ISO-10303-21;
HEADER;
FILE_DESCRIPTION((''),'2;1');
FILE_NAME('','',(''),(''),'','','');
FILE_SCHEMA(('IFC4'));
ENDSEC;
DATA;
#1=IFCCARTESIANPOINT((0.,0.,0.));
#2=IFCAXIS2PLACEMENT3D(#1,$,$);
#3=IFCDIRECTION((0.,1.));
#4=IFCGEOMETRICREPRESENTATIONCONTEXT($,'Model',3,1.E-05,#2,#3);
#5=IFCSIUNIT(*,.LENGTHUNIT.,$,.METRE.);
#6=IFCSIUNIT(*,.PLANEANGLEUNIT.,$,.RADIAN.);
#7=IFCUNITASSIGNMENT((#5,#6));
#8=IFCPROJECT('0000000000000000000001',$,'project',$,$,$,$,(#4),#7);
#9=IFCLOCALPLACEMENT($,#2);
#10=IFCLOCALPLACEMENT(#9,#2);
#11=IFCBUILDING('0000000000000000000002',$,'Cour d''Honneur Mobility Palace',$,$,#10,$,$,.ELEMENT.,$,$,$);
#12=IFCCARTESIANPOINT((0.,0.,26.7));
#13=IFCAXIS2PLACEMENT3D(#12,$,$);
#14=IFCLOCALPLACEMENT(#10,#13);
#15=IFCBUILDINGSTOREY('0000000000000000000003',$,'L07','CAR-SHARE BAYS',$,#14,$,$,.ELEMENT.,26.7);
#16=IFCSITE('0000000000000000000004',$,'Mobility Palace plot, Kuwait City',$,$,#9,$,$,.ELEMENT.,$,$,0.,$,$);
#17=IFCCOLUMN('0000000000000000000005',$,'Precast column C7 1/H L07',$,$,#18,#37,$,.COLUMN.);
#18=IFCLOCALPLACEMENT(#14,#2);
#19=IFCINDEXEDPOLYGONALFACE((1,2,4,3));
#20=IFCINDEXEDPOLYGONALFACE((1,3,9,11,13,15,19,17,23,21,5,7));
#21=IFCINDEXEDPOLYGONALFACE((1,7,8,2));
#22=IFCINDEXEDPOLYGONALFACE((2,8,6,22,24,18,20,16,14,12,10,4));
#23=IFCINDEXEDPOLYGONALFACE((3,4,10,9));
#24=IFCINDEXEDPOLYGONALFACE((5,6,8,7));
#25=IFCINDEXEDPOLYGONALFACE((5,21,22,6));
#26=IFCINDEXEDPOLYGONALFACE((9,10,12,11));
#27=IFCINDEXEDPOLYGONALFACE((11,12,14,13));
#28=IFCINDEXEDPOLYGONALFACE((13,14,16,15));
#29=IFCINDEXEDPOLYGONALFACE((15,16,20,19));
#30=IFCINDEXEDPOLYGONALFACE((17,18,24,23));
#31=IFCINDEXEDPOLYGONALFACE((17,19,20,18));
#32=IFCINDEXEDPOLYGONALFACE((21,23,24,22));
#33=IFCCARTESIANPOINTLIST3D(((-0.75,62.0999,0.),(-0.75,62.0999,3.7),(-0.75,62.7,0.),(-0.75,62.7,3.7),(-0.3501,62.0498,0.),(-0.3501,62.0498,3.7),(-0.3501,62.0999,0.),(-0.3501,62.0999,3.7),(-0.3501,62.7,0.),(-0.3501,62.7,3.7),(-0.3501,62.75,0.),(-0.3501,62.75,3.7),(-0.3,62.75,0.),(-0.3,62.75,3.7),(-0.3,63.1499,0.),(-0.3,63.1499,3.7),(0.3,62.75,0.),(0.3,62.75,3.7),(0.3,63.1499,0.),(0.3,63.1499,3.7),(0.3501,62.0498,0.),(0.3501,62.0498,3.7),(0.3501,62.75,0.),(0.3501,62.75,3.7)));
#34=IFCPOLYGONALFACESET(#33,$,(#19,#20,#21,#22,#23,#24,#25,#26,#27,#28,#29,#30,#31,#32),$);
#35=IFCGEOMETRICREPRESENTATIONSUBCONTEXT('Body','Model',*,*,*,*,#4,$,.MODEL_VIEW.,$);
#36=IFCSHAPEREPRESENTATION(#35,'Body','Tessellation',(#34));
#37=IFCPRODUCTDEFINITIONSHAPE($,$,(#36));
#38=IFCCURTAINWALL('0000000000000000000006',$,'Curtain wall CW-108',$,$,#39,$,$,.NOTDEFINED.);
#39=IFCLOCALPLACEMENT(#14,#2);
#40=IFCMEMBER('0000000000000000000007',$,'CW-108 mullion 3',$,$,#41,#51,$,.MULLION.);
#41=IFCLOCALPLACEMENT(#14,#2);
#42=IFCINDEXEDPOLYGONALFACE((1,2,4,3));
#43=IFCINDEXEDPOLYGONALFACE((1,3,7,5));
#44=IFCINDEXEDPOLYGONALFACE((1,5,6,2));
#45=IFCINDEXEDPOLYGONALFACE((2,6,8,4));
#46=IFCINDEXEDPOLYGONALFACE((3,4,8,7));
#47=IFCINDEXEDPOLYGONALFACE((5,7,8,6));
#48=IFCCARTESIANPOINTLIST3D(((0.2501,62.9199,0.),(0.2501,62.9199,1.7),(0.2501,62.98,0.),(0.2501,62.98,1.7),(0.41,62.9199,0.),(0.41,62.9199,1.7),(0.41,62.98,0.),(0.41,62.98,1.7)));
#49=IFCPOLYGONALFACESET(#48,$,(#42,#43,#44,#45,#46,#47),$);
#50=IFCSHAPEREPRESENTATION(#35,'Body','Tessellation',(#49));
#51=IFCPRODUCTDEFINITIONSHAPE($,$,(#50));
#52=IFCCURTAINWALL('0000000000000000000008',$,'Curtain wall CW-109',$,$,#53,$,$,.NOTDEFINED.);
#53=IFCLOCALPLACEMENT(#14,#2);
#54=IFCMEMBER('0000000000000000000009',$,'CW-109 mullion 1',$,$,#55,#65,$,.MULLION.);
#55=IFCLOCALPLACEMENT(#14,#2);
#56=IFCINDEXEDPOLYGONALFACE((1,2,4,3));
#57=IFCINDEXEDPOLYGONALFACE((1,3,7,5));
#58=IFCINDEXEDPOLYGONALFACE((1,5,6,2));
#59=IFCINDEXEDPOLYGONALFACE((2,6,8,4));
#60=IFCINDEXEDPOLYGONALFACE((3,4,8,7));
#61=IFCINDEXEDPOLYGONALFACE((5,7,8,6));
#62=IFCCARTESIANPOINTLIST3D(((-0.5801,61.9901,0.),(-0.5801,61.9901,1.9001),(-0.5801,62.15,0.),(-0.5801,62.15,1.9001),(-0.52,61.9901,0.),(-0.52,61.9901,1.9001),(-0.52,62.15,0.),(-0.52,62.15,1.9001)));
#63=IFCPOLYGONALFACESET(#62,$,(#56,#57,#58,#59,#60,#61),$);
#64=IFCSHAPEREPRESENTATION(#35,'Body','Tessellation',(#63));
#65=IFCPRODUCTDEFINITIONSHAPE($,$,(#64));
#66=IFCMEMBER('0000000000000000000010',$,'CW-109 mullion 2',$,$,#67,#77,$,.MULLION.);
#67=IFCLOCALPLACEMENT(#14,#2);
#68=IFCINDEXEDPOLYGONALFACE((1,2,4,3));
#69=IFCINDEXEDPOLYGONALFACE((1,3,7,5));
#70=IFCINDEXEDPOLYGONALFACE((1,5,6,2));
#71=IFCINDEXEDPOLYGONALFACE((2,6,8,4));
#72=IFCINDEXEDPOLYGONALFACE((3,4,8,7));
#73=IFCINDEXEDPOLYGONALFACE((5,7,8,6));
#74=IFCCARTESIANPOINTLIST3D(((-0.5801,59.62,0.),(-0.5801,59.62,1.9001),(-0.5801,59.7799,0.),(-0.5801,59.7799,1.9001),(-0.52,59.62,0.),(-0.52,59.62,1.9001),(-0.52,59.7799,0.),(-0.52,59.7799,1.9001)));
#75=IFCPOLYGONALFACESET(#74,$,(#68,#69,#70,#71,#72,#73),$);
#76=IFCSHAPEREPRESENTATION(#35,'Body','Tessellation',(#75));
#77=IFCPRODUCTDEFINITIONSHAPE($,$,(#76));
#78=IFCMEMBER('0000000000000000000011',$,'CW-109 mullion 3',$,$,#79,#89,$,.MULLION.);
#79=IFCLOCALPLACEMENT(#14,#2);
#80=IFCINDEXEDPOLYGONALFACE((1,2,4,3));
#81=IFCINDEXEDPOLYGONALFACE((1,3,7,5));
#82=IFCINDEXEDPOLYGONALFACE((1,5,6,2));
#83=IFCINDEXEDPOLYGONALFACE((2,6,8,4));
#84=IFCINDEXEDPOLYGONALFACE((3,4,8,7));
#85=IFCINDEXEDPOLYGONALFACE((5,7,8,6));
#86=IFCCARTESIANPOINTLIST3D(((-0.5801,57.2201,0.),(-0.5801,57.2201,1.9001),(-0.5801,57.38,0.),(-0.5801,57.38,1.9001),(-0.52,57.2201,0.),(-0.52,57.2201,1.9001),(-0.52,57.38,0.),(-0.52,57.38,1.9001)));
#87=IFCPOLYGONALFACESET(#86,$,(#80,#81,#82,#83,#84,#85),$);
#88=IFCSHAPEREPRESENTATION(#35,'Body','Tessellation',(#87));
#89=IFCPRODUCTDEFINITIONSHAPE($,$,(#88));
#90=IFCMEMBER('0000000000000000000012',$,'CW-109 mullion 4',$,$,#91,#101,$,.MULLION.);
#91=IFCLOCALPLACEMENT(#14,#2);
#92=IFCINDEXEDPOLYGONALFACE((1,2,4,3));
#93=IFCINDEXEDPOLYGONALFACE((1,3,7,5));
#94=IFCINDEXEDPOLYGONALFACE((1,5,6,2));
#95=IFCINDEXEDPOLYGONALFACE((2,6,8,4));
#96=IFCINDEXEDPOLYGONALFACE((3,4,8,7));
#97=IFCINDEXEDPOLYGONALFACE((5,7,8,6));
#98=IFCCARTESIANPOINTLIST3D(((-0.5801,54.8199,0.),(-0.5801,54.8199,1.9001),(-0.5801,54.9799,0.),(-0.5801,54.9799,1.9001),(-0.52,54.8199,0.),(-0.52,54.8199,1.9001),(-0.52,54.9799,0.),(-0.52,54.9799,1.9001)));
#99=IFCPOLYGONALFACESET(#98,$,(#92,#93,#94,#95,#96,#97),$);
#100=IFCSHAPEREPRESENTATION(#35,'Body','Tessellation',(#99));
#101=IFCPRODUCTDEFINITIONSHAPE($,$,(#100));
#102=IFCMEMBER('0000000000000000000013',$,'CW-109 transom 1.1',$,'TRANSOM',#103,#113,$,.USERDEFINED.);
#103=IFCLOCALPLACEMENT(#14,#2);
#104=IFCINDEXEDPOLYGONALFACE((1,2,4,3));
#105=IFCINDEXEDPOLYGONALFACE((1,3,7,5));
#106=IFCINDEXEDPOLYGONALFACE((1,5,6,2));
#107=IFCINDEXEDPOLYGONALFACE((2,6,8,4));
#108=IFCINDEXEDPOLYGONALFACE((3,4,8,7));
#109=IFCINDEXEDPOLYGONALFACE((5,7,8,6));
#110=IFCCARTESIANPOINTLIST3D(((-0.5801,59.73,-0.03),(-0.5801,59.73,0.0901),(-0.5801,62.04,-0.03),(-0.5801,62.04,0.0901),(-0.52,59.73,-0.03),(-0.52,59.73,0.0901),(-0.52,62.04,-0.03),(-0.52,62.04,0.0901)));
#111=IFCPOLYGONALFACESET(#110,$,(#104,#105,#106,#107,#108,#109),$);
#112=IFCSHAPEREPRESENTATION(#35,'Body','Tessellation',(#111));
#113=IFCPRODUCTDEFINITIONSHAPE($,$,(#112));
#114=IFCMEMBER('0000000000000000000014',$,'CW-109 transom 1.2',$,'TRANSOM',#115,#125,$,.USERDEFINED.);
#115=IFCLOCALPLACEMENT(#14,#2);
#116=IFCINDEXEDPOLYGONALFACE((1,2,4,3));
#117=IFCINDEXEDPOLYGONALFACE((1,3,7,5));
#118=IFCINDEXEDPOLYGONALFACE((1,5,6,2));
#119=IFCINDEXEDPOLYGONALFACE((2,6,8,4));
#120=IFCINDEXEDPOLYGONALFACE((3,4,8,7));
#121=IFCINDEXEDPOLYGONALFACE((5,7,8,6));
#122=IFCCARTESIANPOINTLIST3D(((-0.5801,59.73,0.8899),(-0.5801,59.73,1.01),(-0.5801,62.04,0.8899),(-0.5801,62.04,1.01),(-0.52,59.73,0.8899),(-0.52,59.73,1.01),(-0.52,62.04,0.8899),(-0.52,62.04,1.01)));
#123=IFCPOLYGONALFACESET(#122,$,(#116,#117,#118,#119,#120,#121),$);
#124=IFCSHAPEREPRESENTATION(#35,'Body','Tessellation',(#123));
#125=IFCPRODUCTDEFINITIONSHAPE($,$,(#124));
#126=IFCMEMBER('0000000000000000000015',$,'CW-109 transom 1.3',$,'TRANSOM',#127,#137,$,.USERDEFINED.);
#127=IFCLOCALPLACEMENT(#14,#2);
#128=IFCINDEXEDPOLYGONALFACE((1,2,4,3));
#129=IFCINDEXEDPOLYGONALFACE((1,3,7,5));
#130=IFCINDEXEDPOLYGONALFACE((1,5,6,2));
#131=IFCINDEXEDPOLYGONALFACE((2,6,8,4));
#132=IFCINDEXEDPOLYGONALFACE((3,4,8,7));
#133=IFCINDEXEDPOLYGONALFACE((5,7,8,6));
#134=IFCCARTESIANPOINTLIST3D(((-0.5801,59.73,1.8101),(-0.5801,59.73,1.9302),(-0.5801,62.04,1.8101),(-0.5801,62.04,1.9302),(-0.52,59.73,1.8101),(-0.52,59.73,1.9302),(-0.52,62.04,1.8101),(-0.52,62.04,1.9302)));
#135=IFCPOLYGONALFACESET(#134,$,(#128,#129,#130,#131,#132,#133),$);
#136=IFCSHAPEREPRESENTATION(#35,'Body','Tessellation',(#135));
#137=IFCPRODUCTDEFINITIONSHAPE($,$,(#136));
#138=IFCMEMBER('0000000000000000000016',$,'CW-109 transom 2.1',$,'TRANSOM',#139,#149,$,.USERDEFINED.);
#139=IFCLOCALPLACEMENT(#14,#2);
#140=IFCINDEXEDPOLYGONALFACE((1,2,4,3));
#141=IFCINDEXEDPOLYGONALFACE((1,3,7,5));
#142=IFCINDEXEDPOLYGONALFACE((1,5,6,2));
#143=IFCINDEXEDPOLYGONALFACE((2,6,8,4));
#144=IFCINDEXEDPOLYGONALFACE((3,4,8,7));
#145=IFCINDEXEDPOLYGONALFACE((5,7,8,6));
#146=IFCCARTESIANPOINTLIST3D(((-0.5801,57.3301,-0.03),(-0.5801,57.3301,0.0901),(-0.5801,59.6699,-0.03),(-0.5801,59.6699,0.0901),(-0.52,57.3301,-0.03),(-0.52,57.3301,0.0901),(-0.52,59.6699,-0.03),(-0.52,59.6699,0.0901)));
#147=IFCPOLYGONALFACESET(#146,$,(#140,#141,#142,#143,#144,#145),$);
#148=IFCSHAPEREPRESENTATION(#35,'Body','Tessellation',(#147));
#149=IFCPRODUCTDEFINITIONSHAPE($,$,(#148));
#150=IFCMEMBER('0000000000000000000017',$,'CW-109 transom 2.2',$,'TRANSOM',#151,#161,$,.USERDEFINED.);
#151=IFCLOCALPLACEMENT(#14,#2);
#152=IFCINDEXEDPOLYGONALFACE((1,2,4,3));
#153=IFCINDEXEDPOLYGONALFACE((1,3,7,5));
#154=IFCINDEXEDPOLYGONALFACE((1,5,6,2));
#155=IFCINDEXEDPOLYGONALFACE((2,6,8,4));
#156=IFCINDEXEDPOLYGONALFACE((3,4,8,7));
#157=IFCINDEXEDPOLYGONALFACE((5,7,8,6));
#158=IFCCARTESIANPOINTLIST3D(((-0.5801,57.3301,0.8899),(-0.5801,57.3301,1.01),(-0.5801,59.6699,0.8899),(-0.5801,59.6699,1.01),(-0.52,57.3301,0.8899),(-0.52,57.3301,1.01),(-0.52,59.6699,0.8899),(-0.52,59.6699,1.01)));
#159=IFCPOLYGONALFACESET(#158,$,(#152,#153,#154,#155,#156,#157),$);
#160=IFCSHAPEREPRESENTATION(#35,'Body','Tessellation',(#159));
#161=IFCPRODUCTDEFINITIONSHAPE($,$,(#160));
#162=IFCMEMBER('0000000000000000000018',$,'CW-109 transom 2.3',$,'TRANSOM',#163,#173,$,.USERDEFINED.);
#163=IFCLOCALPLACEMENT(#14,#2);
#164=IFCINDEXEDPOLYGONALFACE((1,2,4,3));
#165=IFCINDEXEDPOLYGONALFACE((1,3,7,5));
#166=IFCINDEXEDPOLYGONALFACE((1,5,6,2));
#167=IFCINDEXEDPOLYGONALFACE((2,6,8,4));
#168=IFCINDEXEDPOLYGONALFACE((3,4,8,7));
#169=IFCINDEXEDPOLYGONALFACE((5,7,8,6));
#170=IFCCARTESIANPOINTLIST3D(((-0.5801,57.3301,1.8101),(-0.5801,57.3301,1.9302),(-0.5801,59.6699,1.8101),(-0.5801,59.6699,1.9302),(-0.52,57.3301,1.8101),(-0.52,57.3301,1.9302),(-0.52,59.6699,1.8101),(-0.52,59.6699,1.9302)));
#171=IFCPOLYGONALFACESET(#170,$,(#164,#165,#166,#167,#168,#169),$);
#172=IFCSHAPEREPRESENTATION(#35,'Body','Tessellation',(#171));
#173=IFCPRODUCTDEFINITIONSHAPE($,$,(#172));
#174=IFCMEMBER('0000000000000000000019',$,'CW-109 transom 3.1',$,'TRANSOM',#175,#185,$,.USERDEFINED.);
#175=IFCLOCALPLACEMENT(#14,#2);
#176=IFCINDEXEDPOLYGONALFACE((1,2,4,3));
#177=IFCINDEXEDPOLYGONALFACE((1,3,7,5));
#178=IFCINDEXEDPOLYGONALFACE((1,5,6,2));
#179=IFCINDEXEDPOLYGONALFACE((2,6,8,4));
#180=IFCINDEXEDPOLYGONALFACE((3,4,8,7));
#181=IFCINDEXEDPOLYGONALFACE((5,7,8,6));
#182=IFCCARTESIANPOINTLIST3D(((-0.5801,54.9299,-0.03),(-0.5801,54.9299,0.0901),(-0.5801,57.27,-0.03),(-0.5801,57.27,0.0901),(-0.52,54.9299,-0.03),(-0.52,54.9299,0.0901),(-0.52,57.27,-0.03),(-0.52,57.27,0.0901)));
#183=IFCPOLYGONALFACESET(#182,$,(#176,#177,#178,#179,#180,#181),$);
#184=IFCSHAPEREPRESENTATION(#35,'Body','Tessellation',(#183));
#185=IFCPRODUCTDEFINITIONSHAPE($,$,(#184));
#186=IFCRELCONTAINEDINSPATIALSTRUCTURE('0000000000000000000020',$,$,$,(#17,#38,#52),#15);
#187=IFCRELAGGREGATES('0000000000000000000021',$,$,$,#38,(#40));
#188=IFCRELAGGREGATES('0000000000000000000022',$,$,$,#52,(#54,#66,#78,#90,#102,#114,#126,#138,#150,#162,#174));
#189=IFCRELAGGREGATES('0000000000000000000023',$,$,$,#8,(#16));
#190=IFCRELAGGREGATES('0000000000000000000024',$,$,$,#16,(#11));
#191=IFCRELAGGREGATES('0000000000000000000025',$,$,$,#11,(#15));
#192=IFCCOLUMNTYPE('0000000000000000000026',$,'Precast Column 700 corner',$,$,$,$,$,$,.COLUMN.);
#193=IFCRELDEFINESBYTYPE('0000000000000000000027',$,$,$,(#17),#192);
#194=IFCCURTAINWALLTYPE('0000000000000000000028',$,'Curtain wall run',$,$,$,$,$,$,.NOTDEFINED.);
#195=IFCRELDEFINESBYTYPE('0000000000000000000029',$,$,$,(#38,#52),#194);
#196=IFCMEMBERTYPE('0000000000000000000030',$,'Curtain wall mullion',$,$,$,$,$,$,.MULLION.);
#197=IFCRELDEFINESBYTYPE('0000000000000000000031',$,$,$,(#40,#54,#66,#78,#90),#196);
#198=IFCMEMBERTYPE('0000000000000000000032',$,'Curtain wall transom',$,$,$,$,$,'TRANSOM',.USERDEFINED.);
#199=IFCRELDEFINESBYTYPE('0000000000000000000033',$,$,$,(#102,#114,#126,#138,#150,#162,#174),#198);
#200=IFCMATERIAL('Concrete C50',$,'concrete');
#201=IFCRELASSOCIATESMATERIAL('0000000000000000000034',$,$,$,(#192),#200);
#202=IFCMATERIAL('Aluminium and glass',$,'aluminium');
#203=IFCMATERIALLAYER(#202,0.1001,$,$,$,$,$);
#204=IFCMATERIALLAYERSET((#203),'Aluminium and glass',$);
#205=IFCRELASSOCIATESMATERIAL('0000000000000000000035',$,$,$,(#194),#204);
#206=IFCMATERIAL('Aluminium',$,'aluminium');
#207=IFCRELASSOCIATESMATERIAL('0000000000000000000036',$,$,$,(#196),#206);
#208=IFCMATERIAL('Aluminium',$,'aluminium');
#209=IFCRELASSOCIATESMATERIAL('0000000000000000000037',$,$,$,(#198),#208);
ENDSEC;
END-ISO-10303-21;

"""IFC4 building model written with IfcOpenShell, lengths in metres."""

from ifc_helpers import new_model, si_unit, direction, frame, origin, origin_2d, place, context, subcontext, project, spatial, polyline, rectangle, outline, extrude, material, layer, layer_set, material_profile, profile_set, type_object, element, aggregate, save


model = new_model("IFC4")

# Units and contexts
model_context = context("Model", 3, precision=1e-05, world=origin(), true_north=direction((0.0, 1.0)))
body_context = subcontext(model_context, "Body", "Model", "MODEL_VIEW")
ifc_project = project(units=[si_unit("LENGTHUNIT", "METRE"), si_unit("PLANEANGLEUNIT", "RADIAN")], contexts=[model_context])

# Site, building, storey
site_placement = place(None, origin())
site = spatial("IfcSite", under=ifc_project, at=site_placement, Name="Mobility Palace plot, Kuwait City", CompositionType="ELEMENT", RefElevation=0.0)
building_placement = place(site_placement, origin())
building = spatial("IfcBuilding", under=site, at=building_placement, Name="Cour d'Honneur Mobility Palace", CompositionType="ELEMENT")
storey_placement = place(building_placement, frame((0.0, 0.0, 26.7)))
storey = spatial("IfcBuildingStorey", under=building, at=storey_placement, Name="L07", Description="CAR-SHARE BAYS", CompositionType="ELEMENT", Elevation=26.7)

# Column
ifc_material_1 = material(Name="Concrete C50", Category="concrete")
ifc_material_profile_1 = material_profile(ifc_material_1, outline(polyline([(-0.3501, -0.3501), (0.3501, -0.3501), (0.3501, -0.3), (0.75, -0.3), (0.75, 0.3), (0.3501, 0.3), (0.3501, 0.3501), (0.3, 0.3501), (0.3, 0.75), (-0.3, 0.75), (-0.3, 0.3501), (-0.3501, 0.3501), (-0.3501, -0.3501)])), Name="PC C700 corner")
ifc_profile_set_1 = profile_set([ifc_material_profile_1], Name="Concrete C50")
column_type = type_object("IfcColumnType", Name="Precast Column 700 corner", PredefinedType="COLUMN", material=ifc_profile_set_1)
column_placement = place(storey_placement, frame((0.0, 62.3999, 0.0), z_axis=(0.0, 0.0, 1.0), x_axis=(0.0, 1.0, 0.0)))
element("IfcColumn", 1, at=column_placement, inside=storey, type_object=column_type, Name="Precast column C7 1/H L07", PredefinedType="COLUMN", context=body_context, shape_type="SweptSolid", body=[
    extrude(outline(polyline([(-0.3501, -0.3501), (0.3501, -0.3501), (0.3501, -0.3), (0.75, -0.3), (0.75, 0.3), (0.3501, 0.3), (0.3501, 0.3501), (0.3, 0.3501), (0.3, 0.75), (-0.3, 0.75), (-0.3, 0.3501), (-0.3501, 0.3501), (-0.3501, -0.3501)])), origin(), (0.0, 0.0, 1.0), 3.7),
])

# Curtain wall, member
ifc_material_2 = material(Name="Aluminium and glass", Category="aluminium")
ifc_layer_1 = layer(ifc_material_2, 0.1001)
ifc_layer_set_1 = layer_set([ifc_layer_1], Name="Aluminium and glass")
curtain_wall_type = type_object("IfcCurtainWallType", Name="Curtain wall run", PredefinedType="NOTDEFINED", material=ifc_layer_set_1)
curtain_wall_1_placement = place(storey_placement, origin())
curtain_wall_1 = element("IfcCurtainWall", 2, at=curtain_wall_1_placement, inside=storey, type_object=curtain_wall_type, Name="Curtain wall CW-108", PredefinedType="NOTDEFINED")
ifc_material_3 = material(Name="Aluminium", Category="aluminium")
ifc_material_profile_2 = material_profile(ifc_material_3, rectangle(XDim=0.0601, YDim=0.1599, at=origin_2d()), Name="Curtain wall mullion")
ifc_profile_set_2 = profile_set([ifc_material_profile_2], Name="Aluminium")
member_type_1 = type_object("IfcMemberType", Name="Curtain wall mullion", PredefinedType="MULLION", material=ifc_profile_set_2)
member_1_placement = place(storey_placement, frame((0.3301, 62.95, 0.0), z_axis=(0.0, 0.0, 1.0), x_axis=(0.0, -1.0, 0.0)))
member_1 = element("IfcMember", 3, at=member_1_placement, type_object=member_type_1, Name="CW-108 mullion 3", PredefinedType="MULLION", context=body_context, shape_type="SweptSolid", body=[
    extrude(rectangle(XDim=0.0601, YDim=0.1599, at=origin_2d()), origin(), (0.0, 0.0, 1.0), 1.7),
])
aggregate(curtain_wall_1, [member_1])

# Curtain wall, members
curtain_wall_2_placement = place(storey_placement, origin())
curtain_wall_2 = element("IfcCurtainWall", 4, at=curtain_wall_2_placement, inside=storey, type_object=curtain_wall_type, Name="Curtain wall CW-109", PredefinedType="NOTDEFINED")
member_2_placement = place(storey_placement, frame((-0.55, 62.0701, 0.0), z_axis=(0.0, 0.0, 1.0), x_axis=(1.0, 0.0, 0.0)))
member_2 = element("IfcMember", 5, at=member_2_placement, type_object=member_type_1, Name="CW-109 mullion 1", PredefinedType="MULLION", context=body_context, shape_type="SweptSolid", body=[
    extrude(rectangle(XDim=0.0601, YDim=0.1599, at=origin_2d()), origin(), (0.0, 0.0, 1.0), 1.9001),
])
member_3_placement = place(storey_placement, frame((-0.55, 59.7, 0.0), z_axis=(0.0, 0.0, 1.0), x_axis=(1.0, 0.0, 0.0)))
member_3 = element("IfcMember", 6, at=member_3_placement, type_object=member_type_1, Name="CW-109 mullion 2", PredefinedType="MULLION", context=body_context, shape_type="SweptSolid", body=[
    extrude(rectangle(XDim=0.0601, YDim=0.1599, at=origin_2d()), origin(), (0.0, 0.0, 1.0), 1.9001),
])
member_4_placement = place(storey_placement, frame((-0.55, 57.3, 0.0), z_axis=(0.0, 0.0, 1.0), x_axis=(1.0, 0.0, 0.0)))
member_4 = element("IfcMember", 7, at=member_4_placement, type_object=member_type_1, Name="CW-109 mullion 3", PredefinedType="MULLION", context=body_context, shape_type="SweptSolid", body=[
    extrude(rectangle(XDim=0.0601, YDim=0.1599, at=origin_2d()), origin(), (0.0, 0.0, 1.0), 1.9001),
])
member_5_placement = place(storey_placement, frame((-0.55, 54.8999, 0.0), z_axis=(0.0, 0.0, 1.0), x_axis=(1.0, 0.0, 0.0)))
member_5 = element("IfcMember", 8, at=member_5_placement, type_object=member_type_1, Name="CW-109 mullion 4", PredefinedType="MULLION", context=body_context, shape_type="SweptSolid", body=[
    extrude(rectangle(XDim=0.0601, YDim=0.1599, at=origin_2d()), origin(), (0.0, 0.0, 1.0), 1.9001),
])
ifc_material_4 = material(Name="Aluminium", Category="aluminium")
ifc_material_profile_3 = material_profile(ifc_material_4, rectangle(XDim=0.0601, YDim=0.1201, at=origin_2d()), Name="Curtain wall transom")
ifc_profile_set_3 = profile_set([ifc_material_profile_3], Name="Aluminium")
member_type_2 = type_object("IfcMemberType", Name="Curtain wall transom", ElementType="TRANSOM", PredefinedType="USERDEFINED", material=ifc_profile_set_3)
member_6_placement = place(storey_placement, frame((-0.55, 62.04, 0.03), z_axis=(0.0, -1.0, 0.0), x_axis=(1.0, 0.0, 0.0)))
member_6 = element("IfcMember", 9, at=member_6_placement, type_object=member_type_2, Name="CW-109 transom 1.1", ObjectType="TRANSOM", PredefinedType="USERDEFINED", context=body_context, shape_type="SweptSolid", body=[
    extrude(rectangle(XDim=0.0601, YDim=0.1201, at=origin_2d()), origin(), (0.0, 0.0, 1.0), 2.3101),
])
member_7_placement = place(storey_placement, frame((-0.55, 62.04, 0.95), z_axis=(0.0, -1.0, 0.0), x_axis=(1.0, 0.0, 0.0)))
member_7 = element("IfcMember", 10, at=member_7_placement, type_object=member_type_2, Name="CW-109 transom 1.2", ObjectType="TRANSOM", PredefinedType="USERDEFINED", context=body_context, shape_type="SweptSolid", body=[
    extrude(rectangle(XDim=0.0601, YDim=0.1201, at=origin_2d()), origin(), (0.0, 0.0, 1.0), 2.3101),
])
member_8_placement = place(storey_placement, frame((-0.55, 62.04, 1.8701), z_axis=(0.0, -1.0, 0.0), x_axis=(1.0, 0.0, 0.0)))
member_8 = element("IfcMember", 11, at=member_8_placement, type_object=member_type_2, Name="CW-109 transom 1.3", ObjectType="TRANSOM", PredefinedType="USERDEFINED", context=body_context, shape_type="SweptSolid", body=[
    extrude(rectangle(XDim=0.0601, YDim=0.1201, at=origin_2d()), origin(), (0.0, 0.0, 1.0), 2.3101),
])
member_9_placement = place(storey_placement, frame((-0.55, 59.6699, 0.03), z_axis=(0.0, -1.0, 0.0), x_axis=(1.0, 0.0, 0.0)))
member_9 = element("IfcMember", 12, at=member_9_placement, type_object=member_type_2, Name="CW-109 transom 2.1", ObjectType="TRANSOM", PredefinedType="USERDEFINED", context=body_context, shape_type="SweptSolid", body=[
    extrude(rectangle(XDim=0.0601, YDim=0.1201, at=origin_2d()), origin(), (0.0, 0.0, 1.0), 2.3398),
])
member_10_placement = place(storey_placement, frame((-0.55, 59.6699, 0.95), z_axis=(0.0, -1.0, 0.0), x_axis=(1.0, 0.0, 0.0)))
member_10 = element("IfcMember", 13, at=member_10_placement, type_object=member_type_2, Name="CW-109 transom 2.2", ObjectType="TRANSOM", PredefinedType="USERDEFINED", context=body_context, shape_type="SweptSolid", body=[
    extrude(rectangle(XDim=0.0601, YDim=0.1201, at=origin_2d()), origin(), (0.0, 0.0, 1.0), 2.3398),
])
member_11_placement = place(storey_placement, frame((-0.55, 59.6699, 1.8701), z_axis=(0.0, -1.0, 0.0), x_axis=(1.0, 0.0, 0.0)))
member_11 = element("IfcMember", 14, at=member_11_placement, type_object=member_type_2, Name="CW-109 transom 2.3", ObjectType="TRANSOM", PredefinedType="USERDEFINED", context=body_context, shape_type="SweptSolid", body=[
    extrude(rectangle(XDim=0.0601, YDim=0.1201, at=origin_2d()), origin(), (0.0, 0.0, 1.0), 2.3398),
])
member_12_placement = place(storey_placement, frame((-0.55, 57.27, 0.03), z_axis=(0.0, -1.0, 0.0), x_axis=(1.0, 0.0, 0.0)))
member_12 = element("IfcMember", 15, at=member_12_placement, type_object=member_type_2, Name="CW-109 transom 3.1", ObjectType="TRANSOM", PredefinedType="USERDEFINED", context=body_context, shape_type="SweptSolid", body=[
    extrude(rectangle(XDim=0.0601, YDim=0.1201, at=origin_2d()), origin(), (0.0, 0.0, 1.0), 2.3401),
])

aggregate(curtain_wall_2, [member_2, member_3, member_4, member_5, member_6, member_7, member_8, member_9, member_10, member_11, member_12])

save(model, "model.ifc")
